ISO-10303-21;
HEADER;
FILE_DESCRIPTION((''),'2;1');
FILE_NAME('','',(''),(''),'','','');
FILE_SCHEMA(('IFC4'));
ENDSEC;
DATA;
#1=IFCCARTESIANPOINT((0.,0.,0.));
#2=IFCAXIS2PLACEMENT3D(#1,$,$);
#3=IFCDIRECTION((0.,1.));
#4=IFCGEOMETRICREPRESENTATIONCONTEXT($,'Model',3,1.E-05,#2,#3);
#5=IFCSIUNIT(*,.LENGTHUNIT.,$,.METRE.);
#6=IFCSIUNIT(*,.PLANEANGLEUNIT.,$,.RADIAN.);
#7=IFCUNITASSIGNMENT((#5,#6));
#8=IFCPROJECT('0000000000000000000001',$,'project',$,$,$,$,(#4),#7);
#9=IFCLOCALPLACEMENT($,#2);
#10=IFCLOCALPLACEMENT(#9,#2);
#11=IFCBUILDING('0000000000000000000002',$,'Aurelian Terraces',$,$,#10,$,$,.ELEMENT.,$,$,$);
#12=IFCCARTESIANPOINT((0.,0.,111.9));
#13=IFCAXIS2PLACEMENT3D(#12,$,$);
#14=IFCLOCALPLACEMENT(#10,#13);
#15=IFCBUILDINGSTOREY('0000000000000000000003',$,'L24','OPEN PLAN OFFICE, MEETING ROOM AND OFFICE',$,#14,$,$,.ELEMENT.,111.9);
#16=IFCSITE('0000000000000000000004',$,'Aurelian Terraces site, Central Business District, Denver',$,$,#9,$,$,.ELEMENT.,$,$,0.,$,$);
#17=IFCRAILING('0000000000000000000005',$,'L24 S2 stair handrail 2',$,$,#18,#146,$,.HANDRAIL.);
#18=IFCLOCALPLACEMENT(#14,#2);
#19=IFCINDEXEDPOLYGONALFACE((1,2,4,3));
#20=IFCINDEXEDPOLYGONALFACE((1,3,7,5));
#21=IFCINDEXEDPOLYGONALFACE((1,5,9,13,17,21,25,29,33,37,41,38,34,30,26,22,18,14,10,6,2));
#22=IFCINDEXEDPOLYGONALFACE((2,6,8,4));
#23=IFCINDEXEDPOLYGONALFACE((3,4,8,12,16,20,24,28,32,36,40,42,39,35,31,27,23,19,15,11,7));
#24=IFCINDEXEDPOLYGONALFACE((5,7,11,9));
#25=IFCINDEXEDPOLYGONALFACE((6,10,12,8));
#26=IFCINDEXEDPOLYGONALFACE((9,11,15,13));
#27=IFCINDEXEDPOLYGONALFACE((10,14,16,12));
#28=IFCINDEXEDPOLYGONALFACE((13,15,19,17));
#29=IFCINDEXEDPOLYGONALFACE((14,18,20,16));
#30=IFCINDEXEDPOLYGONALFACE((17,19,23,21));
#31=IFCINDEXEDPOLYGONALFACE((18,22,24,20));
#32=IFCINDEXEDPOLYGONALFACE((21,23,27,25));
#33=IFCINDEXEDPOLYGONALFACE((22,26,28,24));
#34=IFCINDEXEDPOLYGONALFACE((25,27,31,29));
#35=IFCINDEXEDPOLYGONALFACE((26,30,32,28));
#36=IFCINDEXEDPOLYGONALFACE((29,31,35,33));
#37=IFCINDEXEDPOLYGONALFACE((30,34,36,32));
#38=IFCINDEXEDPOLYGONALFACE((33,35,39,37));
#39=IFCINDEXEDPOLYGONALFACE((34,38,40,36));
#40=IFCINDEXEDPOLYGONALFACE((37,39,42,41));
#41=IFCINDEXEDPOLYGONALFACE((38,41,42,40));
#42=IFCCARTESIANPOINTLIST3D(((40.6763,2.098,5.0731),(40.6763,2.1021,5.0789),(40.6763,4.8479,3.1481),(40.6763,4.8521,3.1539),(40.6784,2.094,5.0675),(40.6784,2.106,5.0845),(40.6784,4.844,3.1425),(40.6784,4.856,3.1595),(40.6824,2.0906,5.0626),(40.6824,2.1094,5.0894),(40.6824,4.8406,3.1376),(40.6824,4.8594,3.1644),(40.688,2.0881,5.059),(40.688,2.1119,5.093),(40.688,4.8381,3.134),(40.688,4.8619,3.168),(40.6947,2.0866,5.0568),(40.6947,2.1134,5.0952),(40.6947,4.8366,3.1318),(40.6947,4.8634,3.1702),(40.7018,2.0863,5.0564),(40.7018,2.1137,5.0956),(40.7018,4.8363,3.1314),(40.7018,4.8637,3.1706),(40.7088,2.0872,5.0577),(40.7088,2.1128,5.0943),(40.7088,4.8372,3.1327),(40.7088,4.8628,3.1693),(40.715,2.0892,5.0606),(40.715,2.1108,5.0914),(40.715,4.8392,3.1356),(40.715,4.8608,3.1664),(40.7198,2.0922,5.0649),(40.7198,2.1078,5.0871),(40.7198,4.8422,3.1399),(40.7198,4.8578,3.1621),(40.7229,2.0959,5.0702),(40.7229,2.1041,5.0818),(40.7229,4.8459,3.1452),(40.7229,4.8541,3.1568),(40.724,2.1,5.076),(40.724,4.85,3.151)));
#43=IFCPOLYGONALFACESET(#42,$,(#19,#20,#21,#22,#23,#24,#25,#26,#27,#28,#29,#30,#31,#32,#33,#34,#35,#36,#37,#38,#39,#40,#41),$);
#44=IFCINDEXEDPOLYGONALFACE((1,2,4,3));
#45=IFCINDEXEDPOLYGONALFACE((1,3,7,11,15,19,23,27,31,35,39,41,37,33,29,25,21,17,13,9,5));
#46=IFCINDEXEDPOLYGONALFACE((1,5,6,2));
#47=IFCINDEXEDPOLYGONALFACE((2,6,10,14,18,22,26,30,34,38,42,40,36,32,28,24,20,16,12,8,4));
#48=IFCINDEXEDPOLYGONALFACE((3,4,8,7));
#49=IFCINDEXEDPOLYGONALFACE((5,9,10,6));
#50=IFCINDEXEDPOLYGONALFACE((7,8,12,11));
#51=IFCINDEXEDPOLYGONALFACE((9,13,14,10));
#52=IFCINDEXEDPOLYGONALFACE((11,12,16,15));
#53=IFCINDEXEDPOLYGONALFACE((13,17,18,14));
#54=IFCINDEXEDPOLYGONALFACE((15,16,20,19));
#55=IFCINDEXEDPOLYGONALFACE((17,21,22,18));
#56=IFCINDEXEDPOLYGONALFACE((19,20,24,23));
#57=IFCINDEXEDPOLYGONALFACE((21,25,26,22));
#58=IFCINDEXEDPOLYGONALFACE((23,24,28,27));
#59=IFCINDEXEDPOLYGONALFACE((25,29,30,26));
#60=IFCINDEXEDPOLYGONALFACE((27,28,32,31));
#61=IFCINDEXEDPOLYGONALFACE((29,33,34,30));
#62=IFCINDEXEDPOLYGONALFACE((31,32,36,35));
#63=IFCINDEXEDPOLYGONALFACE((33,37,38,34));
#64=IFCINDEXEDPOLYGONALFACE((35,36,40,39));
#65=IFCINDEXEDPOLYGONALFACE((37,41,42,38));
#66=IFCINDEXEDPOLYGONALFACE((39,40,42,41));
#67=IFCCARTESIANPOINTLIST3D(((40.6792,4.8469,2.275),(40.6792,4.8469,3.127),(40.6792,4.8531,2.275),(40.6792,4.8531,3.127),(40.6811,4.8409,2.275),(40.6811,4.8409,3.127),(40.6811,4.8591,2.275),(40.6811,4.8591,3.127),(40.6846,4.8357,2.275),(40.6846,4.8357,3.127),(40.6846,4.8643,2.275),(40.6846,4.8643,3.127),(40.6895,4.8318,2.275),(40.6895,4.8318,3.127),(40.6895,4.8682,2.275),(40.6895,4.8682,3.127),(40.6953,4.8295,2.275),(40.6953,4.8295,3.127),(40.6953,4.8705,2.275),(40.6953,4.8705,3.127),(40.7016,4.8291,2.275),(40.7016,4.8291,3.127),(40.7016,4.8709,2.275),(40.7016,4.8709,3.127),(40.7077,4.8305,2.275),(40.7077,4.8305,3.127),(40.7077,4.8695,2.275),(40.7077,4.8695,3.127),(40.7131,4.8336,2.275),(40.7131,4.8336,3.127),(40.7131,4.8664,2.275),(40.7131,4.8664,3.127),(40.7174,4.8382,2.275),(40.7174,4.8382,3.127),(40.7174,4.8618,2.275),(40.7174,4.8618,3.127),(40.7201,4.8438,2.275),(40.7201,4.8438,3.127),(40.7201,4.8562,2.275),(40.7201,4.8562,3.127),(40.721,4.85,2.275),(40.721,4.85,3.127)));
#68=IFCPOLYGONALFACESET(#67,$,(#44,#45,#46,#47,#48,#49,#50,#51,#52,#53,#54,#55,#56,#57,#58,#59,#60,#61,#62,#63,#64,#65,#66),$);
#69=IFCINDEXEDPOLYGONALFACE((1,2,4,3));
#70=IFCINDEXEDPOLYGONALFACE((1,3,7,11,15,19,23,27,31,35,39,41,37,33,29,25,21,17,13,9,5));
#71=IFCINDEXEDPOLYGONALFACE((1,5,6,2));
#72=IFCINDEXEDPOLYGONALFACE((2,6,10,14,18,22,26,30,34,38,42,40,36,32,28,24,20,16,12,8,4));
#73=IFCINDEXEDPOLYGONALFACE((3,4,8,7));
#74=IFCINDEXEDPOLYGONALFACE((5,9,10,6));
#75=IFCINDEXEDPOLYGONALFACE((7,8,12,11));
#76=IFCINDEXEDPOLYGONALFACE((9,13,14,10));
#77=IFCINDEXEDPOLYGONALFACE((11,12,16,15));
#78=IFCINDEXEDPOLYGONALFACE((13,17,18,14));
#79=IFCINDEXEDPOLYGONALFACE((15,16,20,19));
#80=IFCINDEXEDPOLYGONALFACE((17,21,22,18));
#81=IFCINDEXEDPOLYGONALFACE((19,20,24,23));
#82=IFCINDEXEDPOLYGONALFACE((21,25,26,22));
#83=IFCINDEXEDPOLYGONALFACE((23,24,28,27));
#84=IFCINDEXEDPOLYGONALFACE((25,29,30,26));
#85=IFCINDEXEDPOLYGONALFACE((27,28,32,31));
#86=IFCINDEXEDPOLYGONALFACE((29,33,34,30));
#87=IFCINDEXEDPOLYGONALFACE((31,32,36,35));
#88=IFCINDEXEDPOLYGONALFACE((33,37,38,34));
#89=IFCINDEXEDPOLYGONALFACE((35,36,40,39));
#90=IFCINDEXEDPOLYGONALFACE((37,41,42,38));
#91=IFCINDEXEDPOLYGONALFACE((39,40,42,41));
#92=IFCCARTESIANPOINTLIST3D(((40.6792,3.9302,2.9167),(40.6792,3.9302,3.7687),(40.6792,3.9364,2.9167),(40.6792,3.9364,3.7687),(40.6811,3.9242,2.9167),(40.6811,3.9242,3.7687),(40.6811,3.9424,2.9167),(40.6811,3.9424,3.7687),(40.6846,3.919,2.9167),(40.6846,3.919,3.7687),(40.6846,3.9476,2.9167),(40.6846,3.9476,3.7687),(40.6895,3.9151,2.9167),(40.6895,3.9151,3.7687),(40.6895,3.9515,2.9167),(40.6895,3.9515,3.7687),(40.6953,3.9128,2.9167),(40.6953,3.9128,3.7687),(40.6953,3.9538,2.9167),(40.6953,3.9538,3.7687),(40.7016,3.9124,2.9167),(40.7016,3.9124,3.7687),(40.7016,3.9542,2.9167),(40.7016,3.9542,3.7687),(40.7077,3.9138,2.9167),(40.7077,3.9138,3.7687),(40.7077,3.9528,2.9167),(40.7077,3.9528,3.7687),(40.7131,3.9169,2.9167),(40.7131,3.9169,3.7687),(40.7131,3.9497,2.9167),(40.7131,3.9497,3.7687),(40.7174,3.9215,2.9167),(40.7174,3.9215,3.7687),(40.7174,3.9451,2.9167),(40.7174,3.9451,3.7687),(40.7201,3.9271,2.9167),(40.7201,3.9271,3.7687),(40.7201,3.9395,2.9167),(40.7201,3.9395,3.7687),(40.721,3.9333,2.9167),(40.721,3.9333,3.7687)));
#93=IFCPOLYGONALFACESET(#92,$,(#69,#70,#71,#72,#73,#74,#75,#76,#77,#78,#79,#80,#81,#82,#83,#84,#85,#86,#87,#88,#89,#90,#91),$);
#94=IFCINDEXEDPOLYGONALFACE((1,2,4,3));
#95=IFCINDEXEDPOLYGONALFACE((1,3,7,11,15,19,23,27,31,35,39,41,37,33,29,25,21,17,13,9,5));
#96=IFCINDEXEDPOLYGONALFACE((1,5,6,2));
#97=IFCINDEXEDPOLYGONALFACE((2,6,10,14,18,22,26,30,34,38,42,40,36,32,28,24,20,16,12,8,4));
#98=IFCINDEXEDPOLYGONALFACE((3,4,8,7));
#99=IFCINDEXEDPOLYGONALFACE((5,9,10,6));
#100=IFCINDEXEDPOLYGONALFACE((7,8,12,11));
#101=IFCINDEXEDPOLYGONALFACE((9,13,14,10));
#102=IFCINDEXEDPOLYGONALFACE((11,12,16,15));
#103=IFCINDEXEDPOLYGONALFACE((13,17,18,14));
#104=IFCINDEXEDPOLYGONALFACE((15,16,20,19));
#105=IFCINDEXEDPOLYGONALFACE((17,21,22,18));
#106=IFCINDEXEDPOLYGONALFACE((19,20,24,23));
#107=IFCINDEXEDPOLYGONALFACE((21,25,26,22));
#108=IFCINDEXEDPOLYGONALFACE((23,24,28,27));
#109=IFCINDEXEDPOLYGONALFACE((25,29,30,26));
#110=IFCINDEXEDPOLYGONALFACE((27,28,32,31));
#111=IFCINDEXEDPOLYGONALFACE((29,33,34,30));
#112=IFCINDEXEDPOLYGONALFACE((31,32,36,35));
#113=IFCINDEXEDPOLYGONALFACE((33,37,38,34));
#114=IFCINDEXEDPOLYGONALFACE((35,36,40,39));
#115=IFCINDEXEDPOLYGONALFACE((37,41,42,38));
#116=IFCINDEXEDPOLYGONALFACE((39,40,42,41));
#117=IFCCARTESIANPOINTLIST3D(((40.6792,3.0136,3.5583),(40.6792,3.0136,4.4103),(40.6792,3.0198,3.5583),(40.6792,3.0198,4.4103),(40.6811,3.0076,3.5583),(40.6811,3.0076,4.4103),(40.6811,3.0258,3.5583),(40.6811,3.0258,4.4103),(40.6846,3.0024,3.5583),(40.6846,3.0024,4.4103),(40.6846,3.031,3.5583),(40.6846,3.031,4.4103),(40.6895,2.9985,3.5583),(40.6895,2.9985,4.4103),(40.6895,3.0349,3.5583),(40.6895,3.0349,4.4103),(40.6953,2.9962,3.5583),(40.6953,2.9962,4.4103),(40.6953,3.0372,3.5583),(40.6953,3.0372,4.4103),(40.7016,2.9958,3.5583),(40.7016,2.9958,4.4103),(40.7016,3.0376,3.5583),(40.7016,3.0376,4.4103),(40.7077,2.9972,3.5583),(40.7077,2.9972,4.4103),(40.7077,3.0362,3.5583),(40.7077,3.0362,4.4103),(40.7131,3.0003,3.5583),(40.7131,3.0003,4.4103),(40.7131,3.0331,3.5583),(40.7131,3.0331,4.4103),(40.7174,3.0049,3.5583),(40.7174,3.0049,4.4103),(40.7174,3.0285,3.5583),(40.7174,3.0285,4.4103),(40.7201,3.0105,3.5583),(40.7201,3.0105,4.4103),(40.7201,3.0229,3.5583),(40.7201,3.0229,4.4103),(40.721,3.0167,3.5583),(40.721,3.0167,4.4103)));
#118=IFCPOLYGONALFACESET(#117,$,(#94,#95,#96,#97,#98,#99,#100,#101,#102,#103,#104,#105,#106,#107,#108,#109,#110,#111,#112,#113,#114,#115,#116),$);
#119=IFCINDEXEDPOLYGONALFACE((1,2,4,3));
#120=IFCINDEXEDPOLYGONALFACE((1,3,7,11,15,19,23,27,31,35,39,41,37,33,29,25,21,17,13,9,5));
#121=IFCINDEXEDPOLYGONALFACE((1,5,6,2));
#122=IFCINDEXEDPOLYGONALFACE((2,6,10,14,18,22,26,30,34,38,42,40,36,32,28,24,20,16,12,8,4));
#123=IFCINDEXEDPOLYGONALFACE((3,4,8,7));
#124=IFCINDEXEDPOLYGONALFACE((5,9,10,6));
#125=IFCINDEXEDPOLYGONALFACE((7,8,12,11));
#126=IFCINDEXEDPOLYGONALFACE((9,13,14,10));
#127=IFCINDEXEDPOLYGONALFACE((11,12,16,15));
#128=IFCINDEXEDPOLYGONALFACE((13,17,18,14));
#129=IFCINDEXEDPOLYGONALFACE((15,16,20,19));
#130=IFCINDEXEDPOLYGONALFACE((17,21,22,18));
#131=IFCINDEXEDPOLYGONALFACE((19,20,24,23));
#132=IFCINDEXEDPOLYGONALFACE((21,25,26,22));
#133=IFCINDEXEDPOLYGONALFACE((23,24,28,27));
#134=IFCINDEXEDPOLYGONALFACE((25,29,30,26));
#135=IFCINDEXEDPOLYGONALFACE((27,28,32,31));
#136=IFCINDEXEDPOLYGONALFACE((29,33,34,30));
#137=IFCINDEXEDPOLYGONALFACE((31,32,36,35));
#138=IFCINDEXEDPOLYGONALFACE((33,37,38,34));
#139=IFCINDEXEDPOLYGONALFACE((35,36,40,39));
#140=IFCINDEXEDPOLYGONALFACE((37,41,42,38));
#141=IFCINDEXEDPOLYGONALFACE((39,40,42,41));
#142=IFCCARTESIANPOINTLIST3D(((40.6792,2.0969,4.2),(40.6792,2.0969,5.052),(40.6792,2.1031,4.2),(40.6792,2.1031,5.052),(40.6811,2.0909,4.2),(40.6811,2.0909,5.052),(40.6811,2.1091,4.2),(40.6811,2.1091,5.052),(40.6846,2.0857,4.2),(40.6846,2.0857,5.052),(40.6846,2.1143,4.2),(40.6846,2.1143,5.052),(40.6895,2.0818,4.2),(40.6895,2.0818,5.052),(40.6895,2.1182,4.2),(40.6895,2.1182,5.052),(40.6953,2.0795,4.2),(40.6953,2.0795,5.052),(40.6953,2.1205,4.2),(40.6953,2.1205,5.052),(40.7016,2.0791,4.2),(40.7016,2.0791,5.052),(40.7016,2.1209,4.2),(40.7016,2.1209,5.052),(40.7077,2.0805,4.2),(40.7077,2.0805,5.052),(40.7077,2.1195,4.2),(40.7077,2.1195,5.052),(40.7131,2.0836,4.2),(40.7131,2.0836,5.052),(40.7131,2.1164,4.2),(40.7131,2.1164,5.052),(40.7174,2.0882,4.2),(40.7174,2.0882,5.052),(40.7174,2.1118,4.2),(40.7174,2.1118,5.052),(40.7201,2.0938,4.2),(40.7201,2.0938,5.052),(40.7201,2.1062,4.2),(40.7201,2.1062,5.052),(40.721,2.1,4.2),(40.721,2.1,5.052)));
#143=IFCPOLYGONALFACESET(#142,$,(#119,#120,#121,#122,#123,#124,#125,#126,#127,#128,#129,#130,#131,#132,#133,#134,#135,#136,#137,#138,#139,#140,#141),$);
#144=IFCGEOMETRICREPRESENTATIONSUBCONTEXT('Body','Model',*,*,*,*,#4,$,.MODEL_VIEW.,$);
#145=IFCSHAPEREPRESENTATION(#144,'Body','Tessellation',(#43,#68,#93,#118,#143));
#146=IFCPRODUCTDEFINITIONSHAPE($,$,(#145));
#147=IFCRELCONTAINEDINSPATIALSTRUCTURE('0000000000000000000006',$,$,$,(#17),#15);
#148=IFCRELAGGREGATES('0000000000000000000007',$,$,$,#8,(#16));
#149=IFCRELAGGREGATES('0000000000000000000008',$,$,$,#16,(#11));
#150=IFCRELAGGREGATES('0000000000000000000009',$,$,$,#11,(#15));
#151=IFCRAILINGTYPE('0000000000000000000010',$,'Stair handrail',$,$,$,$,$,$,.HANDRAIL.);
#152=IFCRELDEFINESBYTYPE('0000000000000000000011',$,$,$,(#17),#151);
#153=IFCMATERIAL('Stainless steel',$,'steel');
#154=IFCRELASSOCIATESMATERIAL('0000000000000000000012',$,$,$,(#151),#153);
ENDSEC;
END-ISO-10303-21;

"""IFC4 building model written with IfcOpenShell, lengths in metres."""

from ifc_helpers import new_model, si_unit, direction, frame, origin, origin_2d, place, context, subcontext, project, spatial, circle, extrude, source, transform, mapped, material, type_object, element, save


model = new_model("IFC4")

# Units and contexts
model_context = context("Model", 3, precision=1e-05, world=origin(), true_north=direction((0.0, 1.0)))
body_context = subcontext(model_context, "Body", "Model", "MODEL_VIEW")
ifc_project = project(units=[si_unit("LENGTHUNIT", "METRE"), si_unit("PLANEANGLEUNIT", "RADIAN")], contexts=[model_context])

# Site, building, storey
site_placement = place(None, origin())
site = spatial("IfcSite", under=ifc_project, at=site_placement, Name="Aurelian Terraces site, Central Business District, Denver", CompositionType="ELEMENT", RefElevation=0.0)
building_placement = place(site_placement, origin())
building = spatial("IfcBuilding", under=site, at=building_placement, Name="Aurelian Terraces", CompositionType="ELEMENT")
storey_placement = place(building_placement, frame((0.0, 0.0, 111.9)))
storey = spatial("IfcBuildingStorey", under=building, at=storey_placement, Name="L24", Description="OPEN PLAN OFFICE, MEETING ROOM AND OFFICE", CompositionType="ELEMENT", Elevation=111.9)

# Railing
ifc_material_1 = material(Name="Stainless steel", Category="steel")
railing_type_1 = type_object("IfcRailingType", Name="Stair handrail", PredefinedType="HANDRAIL", material=ifc_material_1)
shared_shape_1 = source(origin(), body_context, "Body", "SweptSolid", [
    extrude(circle(Radius=0.024, at=origin_2d()), frame((0.0, 0.0, 0.876), z_axis=(0.0, -0.819232, 0.573462), x_axis=(1.0, 0.0, 0.0)), (0.0, 0.0, 1.0), 3.3568),
    extrude(circle(Radius=0.021, at=origin_2d()), origin(), (0.0, 0.0, 1.0), 0.852),
    extrude(circle(Radius=0.021, at=origin_2d()), frame((0.0, -0.9167, 0.6417)), (0.0, 0.0, 1.0), 0.852),
    extrude(circle(Radius=0.021, at=origin_2d()), frame((0.0, -1.8333, 1.2833)), (0.0, 0.0, 1.0), 0.852),
    extrude(circle(Radius=0.021, at=origin_2d()), frame((0.0, -2.75, 1.925)), (0.0, 0.0, 1.0), 0.852),
])
railing_1_placement = place(storey_placement, frame((40.7, 4.85, 2.275)))
element("IfcRailing", 1, at=railing_1_placement, inside=storey, type_object=railing_type_1, Name="L24 S2 stair handrail 2", PredefinedType="HANDRAIL", context=body_context, shape_type="MappedRepresentation", body=[
    mapped(shared_shape_1, transform((0.0, 0.0, 0.0), scale=1.0)),
])

save(model, "model.ifc")
